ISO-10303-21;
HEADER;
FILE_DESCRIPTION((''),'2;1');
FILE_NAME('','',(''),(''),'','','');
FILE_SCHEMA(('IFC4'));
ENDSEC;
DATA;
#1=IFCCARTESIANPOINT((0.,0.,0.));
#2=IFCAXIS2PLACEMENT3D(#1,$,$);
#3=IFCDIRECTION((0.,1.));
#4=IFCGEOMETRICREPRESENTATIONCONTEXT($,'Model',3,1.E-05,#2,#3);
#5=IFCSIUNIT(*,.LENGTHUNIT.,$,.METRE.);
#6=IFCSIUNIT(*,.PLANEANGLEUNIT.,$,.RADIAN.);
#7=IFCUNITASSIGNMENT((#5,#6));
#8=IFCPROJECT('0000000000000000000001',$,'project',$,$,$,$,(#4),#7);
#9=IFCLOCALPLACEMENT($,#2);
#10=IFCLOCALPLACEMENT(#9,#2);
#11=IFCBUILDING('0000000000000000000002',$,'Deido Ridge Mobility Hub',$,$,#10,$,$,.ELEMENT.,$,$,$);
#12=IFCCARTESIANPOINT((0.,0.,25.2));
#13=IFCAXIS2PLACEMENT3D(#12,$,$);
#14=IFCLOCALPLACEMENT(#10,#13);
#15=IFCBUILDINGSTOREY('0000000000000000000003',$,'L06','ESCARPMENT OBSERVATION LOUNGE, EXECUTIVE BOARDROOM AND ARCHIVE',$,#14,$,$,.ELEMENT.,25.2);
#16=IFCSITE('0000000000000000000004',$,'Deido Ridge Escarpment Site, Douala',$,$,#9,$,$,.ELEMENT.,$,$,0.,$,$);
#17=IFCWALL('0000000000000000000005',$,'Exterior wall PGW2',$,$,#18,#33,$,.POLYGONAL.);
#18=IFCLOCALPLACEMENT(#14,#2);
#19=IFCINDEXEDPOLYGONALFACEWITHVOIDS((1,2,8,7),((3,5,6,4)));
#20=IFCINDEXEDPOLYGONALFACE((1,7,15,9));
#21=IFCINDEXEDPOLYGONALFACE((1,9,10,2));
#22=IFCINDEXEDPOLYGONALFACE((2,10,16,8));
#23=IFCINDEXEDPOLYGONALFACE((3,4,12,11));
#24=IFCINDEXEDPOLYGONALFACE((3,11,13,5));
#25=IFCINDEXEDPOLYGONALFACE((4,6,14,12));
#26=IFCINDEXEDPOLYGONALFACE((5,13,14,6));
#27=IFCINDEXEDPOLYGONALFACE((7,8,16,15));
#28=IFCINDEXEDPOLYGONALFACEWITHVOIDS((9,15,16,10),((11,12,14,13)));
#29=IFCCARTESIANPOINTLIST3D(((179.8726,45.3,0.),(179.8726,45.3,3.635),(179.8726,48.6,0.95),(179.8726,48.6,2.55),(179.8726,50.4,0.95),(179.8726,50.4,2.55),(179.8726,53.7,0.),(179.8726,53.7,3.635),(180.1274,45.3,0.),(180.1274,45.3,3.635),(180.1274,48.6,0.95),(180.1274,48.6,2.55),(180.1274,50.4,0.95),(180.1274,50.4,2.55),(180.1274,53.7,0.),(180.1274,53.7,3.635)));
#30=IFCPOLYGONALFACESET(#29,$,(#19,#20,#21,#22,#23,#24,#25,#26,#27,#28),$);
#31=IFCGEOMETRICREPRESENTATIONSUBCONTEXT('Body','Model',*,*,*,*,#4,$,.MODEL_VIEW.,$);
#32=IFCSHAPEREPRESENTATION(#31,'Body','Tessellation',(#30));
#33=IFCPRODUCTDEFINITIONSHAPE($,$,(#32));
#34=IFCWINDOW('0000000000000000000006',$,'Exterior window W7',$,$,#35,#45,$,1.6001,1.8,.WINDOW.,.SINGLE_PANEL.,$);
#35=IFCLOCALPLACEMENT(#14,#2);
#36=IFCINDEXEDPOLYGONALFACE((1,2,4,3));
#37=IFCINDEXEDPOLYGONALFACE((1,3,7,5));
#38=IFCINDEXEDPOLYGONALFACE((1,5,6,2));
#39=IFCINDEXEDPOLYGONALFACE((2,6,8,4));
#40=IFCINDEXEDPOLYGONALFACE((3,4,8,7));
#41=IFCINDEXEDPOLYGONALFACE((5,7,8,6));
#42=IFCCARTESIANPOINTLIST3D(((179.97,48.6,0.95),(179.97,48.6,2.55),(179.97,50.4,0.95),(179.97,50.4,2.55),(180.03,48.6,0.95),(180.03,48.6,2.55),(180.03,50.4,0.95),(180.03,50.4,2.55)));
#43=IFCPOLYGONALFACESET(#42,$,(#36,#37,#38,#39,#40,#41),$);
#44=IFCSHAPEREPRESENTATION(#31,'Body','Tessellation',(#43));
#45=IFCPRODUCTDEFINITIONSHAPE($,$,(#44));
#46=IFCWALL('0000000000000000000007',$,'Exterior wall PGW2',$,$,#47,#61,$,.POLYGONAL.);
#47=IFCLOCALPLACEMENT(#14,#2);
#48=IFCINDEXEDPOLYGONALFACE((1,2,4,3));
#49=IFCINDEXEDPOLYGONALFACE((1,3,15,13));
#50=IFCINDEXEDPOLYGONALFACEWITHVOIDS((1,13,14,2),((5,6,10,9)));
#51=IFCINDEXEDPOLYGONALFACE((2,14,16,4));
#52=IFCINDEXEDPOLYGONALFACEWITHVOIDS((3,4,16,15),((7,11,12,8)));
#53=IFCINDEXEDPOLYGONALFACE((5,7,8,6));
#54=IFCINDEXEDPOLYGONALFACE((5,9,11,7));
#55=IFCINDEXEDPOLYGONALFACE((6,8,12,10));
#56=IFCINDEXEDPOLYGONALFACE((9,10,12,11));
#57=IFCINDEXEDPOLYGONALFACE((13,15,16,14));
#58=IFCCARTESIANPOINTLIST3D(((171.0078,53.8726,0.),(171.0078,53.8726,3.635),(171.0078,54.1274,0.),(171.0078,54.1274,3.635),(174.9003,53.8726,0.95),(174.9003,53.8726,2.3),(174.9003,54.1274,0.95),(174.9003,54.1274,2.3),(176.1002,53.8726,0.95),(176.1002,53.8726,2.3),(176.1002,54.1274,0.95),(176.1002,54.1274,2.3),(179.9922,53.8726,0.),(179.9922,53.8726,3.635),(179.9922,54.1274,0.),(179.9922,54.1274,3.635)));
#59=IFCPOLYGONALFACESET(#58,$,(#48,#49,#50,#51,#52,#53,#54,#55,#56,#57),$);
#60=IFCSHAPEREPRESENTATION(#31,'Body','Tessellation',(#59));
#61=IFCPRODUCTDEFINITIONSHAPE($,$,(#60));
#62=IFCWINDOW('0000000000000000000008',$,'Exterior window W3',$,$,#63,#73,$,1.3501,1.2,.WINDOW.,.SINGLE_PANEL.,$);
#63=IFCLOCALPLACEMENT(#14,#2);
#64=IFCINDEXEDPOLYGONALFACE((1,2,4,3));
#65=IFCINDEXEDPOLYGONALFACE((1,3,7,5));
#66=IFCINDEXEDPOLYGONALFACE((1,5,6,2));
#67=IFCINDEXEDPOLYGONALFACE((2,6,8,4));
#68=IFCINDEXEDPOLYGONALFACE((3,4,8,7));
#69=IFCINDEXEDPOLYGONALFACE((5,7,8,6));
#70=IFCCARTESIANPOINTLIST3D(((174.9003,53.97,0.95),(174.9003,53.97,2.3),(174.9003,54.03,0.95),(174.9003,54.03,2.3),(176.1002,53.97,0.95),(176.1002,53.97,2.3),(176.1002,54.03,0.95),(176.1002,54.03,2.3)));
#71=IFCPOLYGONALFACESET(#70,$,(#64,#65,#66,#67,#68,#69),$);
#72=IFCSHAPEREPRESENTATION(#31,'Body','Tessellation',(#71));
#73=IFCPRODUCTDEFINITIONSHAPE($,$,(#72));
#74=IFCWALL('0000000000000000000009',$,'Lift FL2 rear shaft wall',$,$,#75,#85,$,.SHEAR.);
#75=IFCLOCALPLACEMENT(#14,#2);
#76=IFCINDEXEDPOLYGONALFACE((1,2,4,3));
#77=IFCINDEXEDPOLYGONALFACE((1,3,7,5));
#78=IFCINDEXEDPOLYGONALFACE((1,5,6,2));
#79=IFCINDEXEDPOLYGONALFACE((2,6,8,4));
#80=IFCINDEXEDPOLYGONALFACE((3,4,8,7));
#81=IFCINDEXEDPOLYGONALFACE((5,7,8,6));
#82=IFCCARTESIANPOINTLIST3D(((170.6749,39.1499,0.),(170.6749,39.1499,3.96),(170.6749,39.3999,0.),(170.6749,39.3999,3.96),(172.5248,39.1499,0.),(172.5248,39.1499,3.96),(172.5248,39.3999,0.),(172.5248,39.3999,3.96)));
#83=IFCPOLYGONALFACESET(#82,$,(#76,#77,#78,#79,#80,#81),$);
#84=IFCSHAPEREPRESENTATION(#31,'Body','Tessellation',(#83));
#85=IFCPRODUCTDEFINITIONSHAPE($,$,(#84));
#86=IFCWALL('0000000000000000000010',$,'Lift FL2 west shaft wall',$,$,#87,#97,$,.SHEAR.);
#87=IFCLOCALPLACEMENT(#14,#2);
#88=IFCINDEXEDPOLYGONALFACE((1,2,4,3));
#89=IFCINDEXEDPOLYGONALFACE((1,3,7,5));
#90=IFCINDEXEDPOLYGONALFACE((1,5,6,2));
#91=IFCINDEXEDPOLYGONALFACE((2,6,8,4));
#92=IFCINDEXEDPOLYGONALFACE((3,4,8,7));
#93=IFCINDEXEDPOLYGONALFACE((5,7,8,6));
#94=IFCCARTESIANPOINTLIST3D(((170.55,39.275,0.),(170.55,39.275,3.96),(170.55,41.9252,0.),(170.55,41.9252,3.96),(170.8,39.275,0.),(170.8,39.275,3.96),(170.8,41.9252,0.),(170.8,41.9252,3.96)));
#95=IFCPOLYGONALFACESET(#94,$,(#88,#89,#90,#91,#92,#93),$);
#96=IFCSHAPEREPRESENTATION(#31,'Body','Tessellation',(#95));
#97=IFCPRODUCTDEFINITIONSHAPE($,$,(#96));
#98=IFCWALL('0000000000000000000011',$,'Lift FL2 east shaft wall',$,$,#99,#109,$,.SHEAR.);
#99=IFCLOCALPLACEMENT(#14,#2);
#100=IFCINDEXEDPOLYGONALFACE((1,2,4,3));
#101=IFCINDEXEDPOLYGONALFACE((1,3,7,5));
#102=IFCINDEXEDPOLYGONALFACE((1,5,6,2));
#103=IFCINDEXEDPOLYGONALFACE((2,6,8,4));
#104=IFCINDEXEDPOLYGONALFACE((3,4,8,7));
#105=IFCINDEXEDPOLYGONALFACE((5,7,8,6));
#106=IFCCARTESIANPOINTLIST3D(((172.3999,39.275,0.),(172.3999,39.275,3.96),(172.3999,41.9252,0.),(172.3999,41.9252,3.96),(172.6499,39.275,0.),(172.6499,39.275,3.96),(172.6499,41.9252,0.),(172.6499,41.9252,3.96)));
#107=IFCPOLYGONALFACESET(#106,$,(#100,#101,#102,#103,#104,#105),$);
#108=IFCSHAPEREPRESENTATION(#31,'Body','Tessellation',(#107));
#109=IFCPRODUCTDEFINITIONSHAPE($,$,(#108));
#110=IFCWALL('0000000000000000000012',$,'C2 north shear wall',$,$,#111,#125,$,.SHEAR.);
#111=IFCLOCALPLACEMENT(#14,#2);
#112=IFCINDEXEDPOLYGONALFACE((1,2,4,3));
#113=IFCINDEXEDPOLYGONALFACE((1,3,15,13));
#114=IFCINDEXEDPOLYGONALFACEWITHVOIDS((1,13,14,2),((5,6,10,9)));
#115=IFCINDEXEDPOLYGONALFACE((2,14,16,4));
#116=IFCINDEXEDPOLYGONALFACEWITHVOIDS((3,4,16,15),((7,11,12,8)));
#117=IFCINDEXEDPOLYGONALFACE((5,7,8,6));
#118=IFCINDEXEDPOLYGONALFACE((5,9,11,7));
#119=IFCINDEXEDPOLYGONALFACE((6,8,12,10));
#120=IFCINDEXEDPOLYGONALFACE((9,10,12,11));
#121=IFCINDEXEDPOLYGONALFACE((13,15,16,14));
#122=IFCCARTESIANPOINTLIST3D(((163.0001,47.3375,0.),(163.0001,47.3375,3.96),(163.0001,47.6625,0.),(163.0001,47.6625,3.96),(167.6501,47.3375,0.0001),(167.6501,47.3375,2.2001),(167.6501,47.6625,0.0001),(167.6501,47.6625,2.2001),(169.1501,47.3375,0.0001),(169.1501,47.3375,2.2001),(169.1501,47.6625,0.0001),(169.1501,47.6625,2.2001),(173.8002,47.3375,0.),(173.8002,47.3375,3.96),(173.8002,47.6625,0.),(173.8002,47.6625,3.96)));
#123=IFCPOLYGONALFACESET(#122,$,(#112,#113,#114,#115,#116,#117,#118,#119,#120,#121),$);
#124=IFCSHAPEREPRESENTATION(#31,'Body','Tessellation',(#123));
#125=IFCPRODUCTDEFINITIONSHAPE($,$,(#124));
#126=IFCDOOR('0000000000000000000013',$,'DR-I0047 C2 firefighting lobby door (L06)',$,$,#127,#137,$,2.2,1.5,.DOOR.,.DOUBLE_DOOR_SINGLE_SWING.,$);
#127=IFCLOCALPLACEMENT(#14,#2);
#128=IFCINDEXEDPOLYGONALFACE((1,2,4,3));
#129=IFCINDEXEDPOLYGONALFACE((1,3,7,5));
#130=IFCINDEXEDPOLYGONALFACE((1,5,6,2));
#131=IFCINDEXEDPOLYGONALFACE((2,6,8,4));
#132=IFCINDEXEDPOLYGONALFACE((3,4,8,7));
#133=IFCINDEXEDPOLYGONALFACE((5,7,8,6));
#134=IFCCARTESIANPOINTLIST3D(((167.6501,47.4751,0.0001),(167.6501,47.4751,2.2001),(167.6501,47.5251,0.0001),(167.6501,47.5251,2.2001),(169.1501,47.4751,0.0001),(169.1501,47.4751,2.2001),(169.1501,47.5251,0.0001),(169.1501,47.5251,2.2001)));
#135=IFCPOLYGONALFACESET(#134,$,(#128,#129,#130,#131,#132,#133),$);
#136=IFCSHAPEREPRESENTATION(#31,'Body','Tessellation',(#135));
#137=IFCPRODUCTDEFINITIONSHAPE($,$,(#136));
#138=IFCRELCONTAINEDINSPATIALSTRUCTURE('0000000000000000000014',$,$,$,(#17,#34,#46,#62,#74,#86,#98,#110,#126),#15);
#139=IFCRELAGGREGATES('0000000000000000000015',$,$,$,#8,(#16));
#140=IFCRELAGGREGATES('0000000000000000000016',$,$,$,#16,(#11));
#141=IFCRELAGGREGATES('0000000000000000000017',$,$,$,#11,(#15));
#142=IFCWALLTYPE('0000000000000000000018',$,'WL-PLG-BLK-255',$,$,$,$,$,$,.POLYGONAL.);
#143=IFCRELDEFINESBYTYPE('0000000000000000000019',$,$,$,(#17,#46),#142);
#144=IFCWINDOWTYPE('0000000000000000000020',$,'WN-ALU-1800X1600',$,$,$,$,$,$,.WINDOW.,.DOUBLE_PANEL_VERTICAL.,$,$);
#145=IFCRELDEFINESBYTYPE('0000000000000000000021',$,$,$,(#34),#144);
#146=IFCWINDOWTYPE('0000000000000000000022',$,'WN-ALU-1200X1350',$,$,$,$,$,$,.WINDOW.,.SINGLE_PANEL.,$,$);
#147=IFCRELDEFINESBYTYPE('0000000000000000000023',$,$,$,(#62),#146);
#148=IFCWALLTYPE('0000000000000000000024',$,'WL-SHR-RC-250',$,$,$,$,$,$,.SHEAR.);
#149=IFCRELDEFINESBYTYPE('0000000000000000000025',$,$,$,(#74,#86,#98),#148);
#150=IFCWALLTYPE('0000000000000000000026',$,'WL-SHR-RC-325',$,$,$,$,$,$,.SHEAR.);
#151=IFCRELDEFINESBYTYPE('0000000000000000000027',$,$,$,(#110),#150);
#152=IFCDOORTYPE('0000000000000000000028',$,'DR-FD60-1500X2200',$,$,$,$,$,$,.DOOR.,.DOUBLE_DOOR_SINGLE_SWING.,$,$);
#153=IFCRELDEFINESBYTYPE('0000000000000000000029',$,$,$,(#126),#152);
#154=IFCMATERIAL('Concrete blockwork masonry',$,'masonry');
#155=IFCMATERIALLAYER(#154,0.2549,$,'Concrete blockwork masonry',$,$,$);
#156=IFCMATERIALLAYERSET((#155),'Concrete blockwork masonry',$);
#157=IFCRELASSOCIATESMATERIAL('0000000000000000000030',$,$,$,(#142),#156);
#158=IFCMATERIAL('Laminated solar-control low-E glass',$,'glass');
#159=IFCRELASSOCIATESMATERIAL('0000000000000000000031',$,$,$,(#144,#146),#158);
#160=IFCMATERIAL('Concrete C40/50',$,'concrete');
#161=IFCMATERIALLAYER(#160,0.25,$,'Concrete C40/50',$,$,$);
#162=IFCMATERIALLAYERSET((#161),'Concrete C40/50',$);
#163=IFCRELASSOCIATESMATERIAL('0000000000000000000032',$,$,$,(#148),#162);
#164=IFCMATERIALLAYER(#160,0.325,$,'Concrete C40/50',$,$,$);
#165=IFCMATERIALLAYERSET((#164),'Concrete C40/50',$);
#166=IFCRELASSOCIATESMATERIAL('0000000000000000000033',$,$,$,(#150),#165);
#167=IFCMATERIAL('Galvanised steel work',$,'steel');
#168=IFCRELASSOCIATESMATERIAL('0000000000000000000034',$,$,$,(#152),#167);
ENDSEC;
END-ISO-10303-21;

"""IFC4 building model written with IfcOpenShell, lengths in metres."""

from ifc_helpers import new_model, si_unit, direction, frame, frame_2d, origin, place, context, subcontext, project, spatial, rectangle, extrude, material, layer, layer_set, type_object, element, fill, save


model = new_model("IFC4")

# Units and contexts
model_context = context("Model", 3, precision=1e-05, world=origin(), true_north=direction((0.0, 1.0)))
body_context = subcontext(model_context, "Body", "Model", "MODEL_VIEW")
ifc_project = project(units=[si_unit("LENGTHUNIT", "METRE"), si_unit("PLANEANGLEUNIT", "RADIAN")], contexts=[model_context])

# Site, building, storey
site_placement = place(None, origin())
site = spatial("IfcSite", under=ifc_project, at=site_placement, Name="Deido Ridge Escarpment Site, Douala", CompositionType="ELEMENT", RefElevation=0.0)
building_placement = place(site_placement, origin())
building = spatial("IfcBuilding", under=site, at=building_placement, Name="Deido Ridge Mobility Hub", CompositionType="ELEMENT")
storey_placement = place(building_placement, frame((0.0, 0.0, 25.2)))
storey = spatial("IfcBuildingStorey", under=building, at=storey_placement, Name="L06", Description="ESCARPMENT OBSERVATION LOUNGE, EXECUTIVE BOARDROOM AND ARCHIVE", CompositionType="ELEMENT", Elevation=25.2)

# Shared definitions
ifc_material_1 = material(Name="Laminated solar-control low-E glass", Category="glass")

# Walls, openings, windows
ifc_material_2 = material(Name="Concrete blockwork masonry", Category="masonry")
ifc_layer_1 = layer(ifc_material_2, 0.2549, Name="Concrete blockwork masonry")
ifc_layer_set_1 = layer_set([ifc_layer_1], Name="Concrete blockwork masonry")
wall_type_1 = type_object("IfcWallType", Name="WL-PLG-BLK-255", PredefinedType="POLYGONAL", material=ifc_layer_set_1)
wall_1_placement = place(storey_placement, frame((180.0, 45.3, 0.0), z_axis=(0.0, 0.0, 1.0), x_axis=(0.0, 1.0, 0.0)))
wall_1 = element("IfcWall", 1, at=wall_1_placement, inside=storey, type_object=wall_type_1, Name="Exterior wall PGW2", PredefinedType="POLYGONAL", context=body_context, shape_type="SweptSolid", body=[
    extrude(rectangle(XDim=8.3999, YDim=0.2549, at=frame_2d((4.2, 0.0))), origin(), (0.0, 0.0, 1.0), 3.635),
])
opening_1_placement = place(wall_1_placement, frame((3.3, 0.0, 0.95)))
opening_1 = element("IfcOpeningElement", 2, at=opening_1_placement, cuts=wall_1, PredefinedType="OPENING", context=body_context, shape_type="SweptSolid", body=[
    extrude(rectangle(XDim=1.8, YDim=1.6001, at=frame_2d((0.8999, 0.8))), frame((0.0, 0.1375, 0.0), z_axis=(0.0, -1.0, 0.0), x_axis=(1.0, 0.0, 0.0)), (0.0, 0.0, 1.0), 0.2749),
])
window_type_1 = type_object("IfcWindowType", Name="WN-ALU-1800X1600", PartitioningType="DOUBLE_PANEL_VERTICAL", PredefinedType="WINDOW", material=ifc_material_1)
window_1_placement = place(opening_1_placement, origin())
window_1 = element("IfcWindow", 3, at=window_1_placement, inside=storey, type_object=window_type_1, Name="Exterior window W7", OverallHeight=1.6001, OverallWidth=1.8, PartitioningType="SINGLE_PANEL", PredefinedType="WINDOW", context=body_context, shape_type="SweptSolid", body=[
    extrude(rectangle(XDim=1.8, YDim=1.6001, at=frame_2d((0.8999, 0.8))), frame((0.0, 0.03, 0.0), z_axis=(0.0, -1.0, 0.0), x_axis=(1.0, 0.0, 0.0)), (0.0, 0.0, 1.0), 0.0601),
])
fill(opening_1, window_1)
wall_2_placement = place(storey_placement, frame((171.0078, 54.0, 0.0), z_axis=(0.0, 0.0, 1.0), x_axis=(1.0, 0.0, 0.0)))
wall_2 = element("IfcWall", 4, at=wall_2_placement, inside=storey, type_object=wall_type_1, Name="Exterior wall PGW2", PredefinedType="POLYGONAL", context=body_context, shape_type="SweptSolid", body=[
    extrude(rectangle(XDim=8.9844, YDim=0.2549, at=frame_2d((4.4922, 0.0))), origin(), (0.0, 0.0, 1.0), 3.635),
])
opening_2_placement = place(wall_2_placement, frame((3.8923, 0.0, 0.95)))
opening_2 = element("IfcOpeningElement", 5, at=opening_2_placement, cuts=wall_2, PredefinedType="OPENING", context=body_context, shape_type="SweptSolid", body=[
    extrude(rectangle(XDim=1.2, YDim=1.3501, at=frame_2d((0.6001, 0.675))), frame((0.0, 0.1375, 0.0), z_axis=(0.0, -1.0, 0.0), x_axis=(1.0, 0.0, 0.0)), (0.0, 0.0, 1.0), 0.2749),
])
window_type_2 = type_object("IfcWindowType", Name="WN-ALU-1200X1350", PartitioningType="SINGLE_PANEL", PredefinedType="WINDOW", material=ifc_material_1)
window_2_placement = place(opening_2_placement, origin())
window_2 = element("IfcWindow", 6, at=window_2_placement, inside=storey, type_object=window_type_2, Name="Exterior window W3", OverallHeight=1.3501, OverallWidth=1.2, PartitioningType="SINGLE_PANEL", PredefinedType="WINDOW", context=body_context, shape_type="SweptSolid", body=[
    extrude(rectangle(XDim=1.2, YDim=1.3501, at=frame_2d((0.6001, 0.675))), frame((0.0, 0.03, 0.0), z_axis=(0.0, -1.0, 0.0), x_axis=(1.0, 0.0, 0.0)), (0.0, 0.0, 1.0), 0.0601),
])
fill(opening_2, window_2)

# Walls
ifc_material_3 = material(Name="Concrete C40/50", Category="concrete")
ifc_layer_2 = layer(ifc_material_3, 0.25, Name="Concrete C40/50")
ifc_layer_set_2 = layer_set([ifc_layer_2], Name="Concrete C40/50")
wall_type_2 = type_object("IfcWallType", Name="WL-SHR-RC-250", PredefinedType="SHEAR", material=ifc_layer_set_2)
wall_3_placement = place(storey_placement, frame((170.675, 39.2749, 0.0), z_axis=(0.0, 0.0, 1.0), x_axis=(1.0, 0.0, 0.0)))
element("IfcWall", 7, at=wall_3_placement, inside=storey, type_object=wall_type_2, Name="Lift FL2 rear shaft wall", PredefinedType="SHEAR", context=body_context, shape_type="SweptSolid", body=[
    extrude(rectangle(XDim=1.8499, YDim=0.25, at=frame_2d((0.9248, 0.0))), origin(), (0.0, 0.0, 1.0), 3.96),
])
for number, where, z_axis, x_axis, name in (
    (8, (170.675, 39.2749, 0.0), (0.0, 0.0, 1.0), (0.0, 1.0, 0.0), "Lift FL2 west shaft wall"),
    (9, (172.5249, 39.2749, 0.0), (0.0, 0.0, 1.0), (0.0, 1.0, 0.0), "Lift FL2 east shaft wall"),
):
    element("IfcWall", number, at=place(storey_placement, frame(where, z_axis=z_axis, x_axis=x_axis)), inside=storey, type_object=wall_type_2, Name=name, PredefinedType="SHEAR", context=body_context, shape_type="SweptSolid", body=[
        extrude(rectangle(XDim=2.6501, YDim=0.25, at=frame_2d((1.3252, 0.0))), origin(), (0.0, 0.0, 1.0), 3.96),
    ])

# Wall, opening, door
ifc_layer_3 = layer(ifc_material_3, 0.325, Name="Concrete C40/50")
ifc_layer_set_3 = layer_set([ifc_layer_3], Name="Concrete C40/50")
wall_type_3 = type_object("IfcWallType", Name="WL-SHR-RC-325", PredefinedType="SHEAR", material=ifc_layer_set_3)
wall_4_placement = place(storey_placement, frame((173.8, 47.5, 0.0), z_axis=(0.0, 0.0, 1.0), x_axis=(-1.0, 0.0, 0.0)))
wall_4 = element("IfcWall", 10, at=wall_4_placement, inside=storey, type_object=wall_type_3, Name="C2 north shear wall", PredefinedType="SHEAR", context=body_context, shape_type="SweptSolid", body=[
    extrude(rectangle(XDim=10.8, YDim=0.325, at=frame_2d((5.3999, 0.0))), origin(), (0.0, 0.0, 1.0), 3.96),
])
opening_3_placement = place(wall_4_placement, frame((4.6499, 0.0, 0.0)))
opening_3 = element("IfcOpeningElement", 11, at=opening_3_placement, cuts=wall_4, PredefinedType="OPENING", context=body_context, shape_type="SweptSolid", body=[
    extrude(rectangle(XDim=1.5, YDim=2.2, at=frame_2d((0.75, 1.1001))), frame((0.0, 0.1724, 0.0), z_axis=(0.0, -1.0, 0.0), x_axis=(1.0, 0.0, 0.0)), (0.0, 0.0, 1.0), 0.345),
])
ifc_material_4 = material(Name="Galvanised steel work", Category="steel")
door_type_1 = type_object("IfcDoorType", Name="DR-FD60-1500X2200", OperationType="DOUBLE_DOOR_SINGLE_SWING", PredefinedType="DOOR", material=ifc_material_4)
door_1_placement = place(opening_3_placement, origin())
door_1 = element("IfcDoor", 12, at=door_1_placement, inside=storey, type_object=door_type_1, Name="DR-I0047 C2 firefighting lobby door (L06)", OperationType="DOUBLE_DOOR_SINGLE_SWING", OverallHeight=2.2, OverallWidth=1.5, PredefinedType="DOOR", context=body_context, shape_type="SweptSolid", body=[
    extrude(rectangle(XDim=1.5, YDim=2.2, at=frame_2d((0.75, 1.1001))), frame((0.0, 0.0249, 0.0), z_axis=(0.0, -1.0, 0.0), x_axis=(1.0, 0.0, 0.0)), (0.0, 0.0, 1.0), 0.05),
])
fill(opening_3, door_1)

save(model, "model.ifc")
